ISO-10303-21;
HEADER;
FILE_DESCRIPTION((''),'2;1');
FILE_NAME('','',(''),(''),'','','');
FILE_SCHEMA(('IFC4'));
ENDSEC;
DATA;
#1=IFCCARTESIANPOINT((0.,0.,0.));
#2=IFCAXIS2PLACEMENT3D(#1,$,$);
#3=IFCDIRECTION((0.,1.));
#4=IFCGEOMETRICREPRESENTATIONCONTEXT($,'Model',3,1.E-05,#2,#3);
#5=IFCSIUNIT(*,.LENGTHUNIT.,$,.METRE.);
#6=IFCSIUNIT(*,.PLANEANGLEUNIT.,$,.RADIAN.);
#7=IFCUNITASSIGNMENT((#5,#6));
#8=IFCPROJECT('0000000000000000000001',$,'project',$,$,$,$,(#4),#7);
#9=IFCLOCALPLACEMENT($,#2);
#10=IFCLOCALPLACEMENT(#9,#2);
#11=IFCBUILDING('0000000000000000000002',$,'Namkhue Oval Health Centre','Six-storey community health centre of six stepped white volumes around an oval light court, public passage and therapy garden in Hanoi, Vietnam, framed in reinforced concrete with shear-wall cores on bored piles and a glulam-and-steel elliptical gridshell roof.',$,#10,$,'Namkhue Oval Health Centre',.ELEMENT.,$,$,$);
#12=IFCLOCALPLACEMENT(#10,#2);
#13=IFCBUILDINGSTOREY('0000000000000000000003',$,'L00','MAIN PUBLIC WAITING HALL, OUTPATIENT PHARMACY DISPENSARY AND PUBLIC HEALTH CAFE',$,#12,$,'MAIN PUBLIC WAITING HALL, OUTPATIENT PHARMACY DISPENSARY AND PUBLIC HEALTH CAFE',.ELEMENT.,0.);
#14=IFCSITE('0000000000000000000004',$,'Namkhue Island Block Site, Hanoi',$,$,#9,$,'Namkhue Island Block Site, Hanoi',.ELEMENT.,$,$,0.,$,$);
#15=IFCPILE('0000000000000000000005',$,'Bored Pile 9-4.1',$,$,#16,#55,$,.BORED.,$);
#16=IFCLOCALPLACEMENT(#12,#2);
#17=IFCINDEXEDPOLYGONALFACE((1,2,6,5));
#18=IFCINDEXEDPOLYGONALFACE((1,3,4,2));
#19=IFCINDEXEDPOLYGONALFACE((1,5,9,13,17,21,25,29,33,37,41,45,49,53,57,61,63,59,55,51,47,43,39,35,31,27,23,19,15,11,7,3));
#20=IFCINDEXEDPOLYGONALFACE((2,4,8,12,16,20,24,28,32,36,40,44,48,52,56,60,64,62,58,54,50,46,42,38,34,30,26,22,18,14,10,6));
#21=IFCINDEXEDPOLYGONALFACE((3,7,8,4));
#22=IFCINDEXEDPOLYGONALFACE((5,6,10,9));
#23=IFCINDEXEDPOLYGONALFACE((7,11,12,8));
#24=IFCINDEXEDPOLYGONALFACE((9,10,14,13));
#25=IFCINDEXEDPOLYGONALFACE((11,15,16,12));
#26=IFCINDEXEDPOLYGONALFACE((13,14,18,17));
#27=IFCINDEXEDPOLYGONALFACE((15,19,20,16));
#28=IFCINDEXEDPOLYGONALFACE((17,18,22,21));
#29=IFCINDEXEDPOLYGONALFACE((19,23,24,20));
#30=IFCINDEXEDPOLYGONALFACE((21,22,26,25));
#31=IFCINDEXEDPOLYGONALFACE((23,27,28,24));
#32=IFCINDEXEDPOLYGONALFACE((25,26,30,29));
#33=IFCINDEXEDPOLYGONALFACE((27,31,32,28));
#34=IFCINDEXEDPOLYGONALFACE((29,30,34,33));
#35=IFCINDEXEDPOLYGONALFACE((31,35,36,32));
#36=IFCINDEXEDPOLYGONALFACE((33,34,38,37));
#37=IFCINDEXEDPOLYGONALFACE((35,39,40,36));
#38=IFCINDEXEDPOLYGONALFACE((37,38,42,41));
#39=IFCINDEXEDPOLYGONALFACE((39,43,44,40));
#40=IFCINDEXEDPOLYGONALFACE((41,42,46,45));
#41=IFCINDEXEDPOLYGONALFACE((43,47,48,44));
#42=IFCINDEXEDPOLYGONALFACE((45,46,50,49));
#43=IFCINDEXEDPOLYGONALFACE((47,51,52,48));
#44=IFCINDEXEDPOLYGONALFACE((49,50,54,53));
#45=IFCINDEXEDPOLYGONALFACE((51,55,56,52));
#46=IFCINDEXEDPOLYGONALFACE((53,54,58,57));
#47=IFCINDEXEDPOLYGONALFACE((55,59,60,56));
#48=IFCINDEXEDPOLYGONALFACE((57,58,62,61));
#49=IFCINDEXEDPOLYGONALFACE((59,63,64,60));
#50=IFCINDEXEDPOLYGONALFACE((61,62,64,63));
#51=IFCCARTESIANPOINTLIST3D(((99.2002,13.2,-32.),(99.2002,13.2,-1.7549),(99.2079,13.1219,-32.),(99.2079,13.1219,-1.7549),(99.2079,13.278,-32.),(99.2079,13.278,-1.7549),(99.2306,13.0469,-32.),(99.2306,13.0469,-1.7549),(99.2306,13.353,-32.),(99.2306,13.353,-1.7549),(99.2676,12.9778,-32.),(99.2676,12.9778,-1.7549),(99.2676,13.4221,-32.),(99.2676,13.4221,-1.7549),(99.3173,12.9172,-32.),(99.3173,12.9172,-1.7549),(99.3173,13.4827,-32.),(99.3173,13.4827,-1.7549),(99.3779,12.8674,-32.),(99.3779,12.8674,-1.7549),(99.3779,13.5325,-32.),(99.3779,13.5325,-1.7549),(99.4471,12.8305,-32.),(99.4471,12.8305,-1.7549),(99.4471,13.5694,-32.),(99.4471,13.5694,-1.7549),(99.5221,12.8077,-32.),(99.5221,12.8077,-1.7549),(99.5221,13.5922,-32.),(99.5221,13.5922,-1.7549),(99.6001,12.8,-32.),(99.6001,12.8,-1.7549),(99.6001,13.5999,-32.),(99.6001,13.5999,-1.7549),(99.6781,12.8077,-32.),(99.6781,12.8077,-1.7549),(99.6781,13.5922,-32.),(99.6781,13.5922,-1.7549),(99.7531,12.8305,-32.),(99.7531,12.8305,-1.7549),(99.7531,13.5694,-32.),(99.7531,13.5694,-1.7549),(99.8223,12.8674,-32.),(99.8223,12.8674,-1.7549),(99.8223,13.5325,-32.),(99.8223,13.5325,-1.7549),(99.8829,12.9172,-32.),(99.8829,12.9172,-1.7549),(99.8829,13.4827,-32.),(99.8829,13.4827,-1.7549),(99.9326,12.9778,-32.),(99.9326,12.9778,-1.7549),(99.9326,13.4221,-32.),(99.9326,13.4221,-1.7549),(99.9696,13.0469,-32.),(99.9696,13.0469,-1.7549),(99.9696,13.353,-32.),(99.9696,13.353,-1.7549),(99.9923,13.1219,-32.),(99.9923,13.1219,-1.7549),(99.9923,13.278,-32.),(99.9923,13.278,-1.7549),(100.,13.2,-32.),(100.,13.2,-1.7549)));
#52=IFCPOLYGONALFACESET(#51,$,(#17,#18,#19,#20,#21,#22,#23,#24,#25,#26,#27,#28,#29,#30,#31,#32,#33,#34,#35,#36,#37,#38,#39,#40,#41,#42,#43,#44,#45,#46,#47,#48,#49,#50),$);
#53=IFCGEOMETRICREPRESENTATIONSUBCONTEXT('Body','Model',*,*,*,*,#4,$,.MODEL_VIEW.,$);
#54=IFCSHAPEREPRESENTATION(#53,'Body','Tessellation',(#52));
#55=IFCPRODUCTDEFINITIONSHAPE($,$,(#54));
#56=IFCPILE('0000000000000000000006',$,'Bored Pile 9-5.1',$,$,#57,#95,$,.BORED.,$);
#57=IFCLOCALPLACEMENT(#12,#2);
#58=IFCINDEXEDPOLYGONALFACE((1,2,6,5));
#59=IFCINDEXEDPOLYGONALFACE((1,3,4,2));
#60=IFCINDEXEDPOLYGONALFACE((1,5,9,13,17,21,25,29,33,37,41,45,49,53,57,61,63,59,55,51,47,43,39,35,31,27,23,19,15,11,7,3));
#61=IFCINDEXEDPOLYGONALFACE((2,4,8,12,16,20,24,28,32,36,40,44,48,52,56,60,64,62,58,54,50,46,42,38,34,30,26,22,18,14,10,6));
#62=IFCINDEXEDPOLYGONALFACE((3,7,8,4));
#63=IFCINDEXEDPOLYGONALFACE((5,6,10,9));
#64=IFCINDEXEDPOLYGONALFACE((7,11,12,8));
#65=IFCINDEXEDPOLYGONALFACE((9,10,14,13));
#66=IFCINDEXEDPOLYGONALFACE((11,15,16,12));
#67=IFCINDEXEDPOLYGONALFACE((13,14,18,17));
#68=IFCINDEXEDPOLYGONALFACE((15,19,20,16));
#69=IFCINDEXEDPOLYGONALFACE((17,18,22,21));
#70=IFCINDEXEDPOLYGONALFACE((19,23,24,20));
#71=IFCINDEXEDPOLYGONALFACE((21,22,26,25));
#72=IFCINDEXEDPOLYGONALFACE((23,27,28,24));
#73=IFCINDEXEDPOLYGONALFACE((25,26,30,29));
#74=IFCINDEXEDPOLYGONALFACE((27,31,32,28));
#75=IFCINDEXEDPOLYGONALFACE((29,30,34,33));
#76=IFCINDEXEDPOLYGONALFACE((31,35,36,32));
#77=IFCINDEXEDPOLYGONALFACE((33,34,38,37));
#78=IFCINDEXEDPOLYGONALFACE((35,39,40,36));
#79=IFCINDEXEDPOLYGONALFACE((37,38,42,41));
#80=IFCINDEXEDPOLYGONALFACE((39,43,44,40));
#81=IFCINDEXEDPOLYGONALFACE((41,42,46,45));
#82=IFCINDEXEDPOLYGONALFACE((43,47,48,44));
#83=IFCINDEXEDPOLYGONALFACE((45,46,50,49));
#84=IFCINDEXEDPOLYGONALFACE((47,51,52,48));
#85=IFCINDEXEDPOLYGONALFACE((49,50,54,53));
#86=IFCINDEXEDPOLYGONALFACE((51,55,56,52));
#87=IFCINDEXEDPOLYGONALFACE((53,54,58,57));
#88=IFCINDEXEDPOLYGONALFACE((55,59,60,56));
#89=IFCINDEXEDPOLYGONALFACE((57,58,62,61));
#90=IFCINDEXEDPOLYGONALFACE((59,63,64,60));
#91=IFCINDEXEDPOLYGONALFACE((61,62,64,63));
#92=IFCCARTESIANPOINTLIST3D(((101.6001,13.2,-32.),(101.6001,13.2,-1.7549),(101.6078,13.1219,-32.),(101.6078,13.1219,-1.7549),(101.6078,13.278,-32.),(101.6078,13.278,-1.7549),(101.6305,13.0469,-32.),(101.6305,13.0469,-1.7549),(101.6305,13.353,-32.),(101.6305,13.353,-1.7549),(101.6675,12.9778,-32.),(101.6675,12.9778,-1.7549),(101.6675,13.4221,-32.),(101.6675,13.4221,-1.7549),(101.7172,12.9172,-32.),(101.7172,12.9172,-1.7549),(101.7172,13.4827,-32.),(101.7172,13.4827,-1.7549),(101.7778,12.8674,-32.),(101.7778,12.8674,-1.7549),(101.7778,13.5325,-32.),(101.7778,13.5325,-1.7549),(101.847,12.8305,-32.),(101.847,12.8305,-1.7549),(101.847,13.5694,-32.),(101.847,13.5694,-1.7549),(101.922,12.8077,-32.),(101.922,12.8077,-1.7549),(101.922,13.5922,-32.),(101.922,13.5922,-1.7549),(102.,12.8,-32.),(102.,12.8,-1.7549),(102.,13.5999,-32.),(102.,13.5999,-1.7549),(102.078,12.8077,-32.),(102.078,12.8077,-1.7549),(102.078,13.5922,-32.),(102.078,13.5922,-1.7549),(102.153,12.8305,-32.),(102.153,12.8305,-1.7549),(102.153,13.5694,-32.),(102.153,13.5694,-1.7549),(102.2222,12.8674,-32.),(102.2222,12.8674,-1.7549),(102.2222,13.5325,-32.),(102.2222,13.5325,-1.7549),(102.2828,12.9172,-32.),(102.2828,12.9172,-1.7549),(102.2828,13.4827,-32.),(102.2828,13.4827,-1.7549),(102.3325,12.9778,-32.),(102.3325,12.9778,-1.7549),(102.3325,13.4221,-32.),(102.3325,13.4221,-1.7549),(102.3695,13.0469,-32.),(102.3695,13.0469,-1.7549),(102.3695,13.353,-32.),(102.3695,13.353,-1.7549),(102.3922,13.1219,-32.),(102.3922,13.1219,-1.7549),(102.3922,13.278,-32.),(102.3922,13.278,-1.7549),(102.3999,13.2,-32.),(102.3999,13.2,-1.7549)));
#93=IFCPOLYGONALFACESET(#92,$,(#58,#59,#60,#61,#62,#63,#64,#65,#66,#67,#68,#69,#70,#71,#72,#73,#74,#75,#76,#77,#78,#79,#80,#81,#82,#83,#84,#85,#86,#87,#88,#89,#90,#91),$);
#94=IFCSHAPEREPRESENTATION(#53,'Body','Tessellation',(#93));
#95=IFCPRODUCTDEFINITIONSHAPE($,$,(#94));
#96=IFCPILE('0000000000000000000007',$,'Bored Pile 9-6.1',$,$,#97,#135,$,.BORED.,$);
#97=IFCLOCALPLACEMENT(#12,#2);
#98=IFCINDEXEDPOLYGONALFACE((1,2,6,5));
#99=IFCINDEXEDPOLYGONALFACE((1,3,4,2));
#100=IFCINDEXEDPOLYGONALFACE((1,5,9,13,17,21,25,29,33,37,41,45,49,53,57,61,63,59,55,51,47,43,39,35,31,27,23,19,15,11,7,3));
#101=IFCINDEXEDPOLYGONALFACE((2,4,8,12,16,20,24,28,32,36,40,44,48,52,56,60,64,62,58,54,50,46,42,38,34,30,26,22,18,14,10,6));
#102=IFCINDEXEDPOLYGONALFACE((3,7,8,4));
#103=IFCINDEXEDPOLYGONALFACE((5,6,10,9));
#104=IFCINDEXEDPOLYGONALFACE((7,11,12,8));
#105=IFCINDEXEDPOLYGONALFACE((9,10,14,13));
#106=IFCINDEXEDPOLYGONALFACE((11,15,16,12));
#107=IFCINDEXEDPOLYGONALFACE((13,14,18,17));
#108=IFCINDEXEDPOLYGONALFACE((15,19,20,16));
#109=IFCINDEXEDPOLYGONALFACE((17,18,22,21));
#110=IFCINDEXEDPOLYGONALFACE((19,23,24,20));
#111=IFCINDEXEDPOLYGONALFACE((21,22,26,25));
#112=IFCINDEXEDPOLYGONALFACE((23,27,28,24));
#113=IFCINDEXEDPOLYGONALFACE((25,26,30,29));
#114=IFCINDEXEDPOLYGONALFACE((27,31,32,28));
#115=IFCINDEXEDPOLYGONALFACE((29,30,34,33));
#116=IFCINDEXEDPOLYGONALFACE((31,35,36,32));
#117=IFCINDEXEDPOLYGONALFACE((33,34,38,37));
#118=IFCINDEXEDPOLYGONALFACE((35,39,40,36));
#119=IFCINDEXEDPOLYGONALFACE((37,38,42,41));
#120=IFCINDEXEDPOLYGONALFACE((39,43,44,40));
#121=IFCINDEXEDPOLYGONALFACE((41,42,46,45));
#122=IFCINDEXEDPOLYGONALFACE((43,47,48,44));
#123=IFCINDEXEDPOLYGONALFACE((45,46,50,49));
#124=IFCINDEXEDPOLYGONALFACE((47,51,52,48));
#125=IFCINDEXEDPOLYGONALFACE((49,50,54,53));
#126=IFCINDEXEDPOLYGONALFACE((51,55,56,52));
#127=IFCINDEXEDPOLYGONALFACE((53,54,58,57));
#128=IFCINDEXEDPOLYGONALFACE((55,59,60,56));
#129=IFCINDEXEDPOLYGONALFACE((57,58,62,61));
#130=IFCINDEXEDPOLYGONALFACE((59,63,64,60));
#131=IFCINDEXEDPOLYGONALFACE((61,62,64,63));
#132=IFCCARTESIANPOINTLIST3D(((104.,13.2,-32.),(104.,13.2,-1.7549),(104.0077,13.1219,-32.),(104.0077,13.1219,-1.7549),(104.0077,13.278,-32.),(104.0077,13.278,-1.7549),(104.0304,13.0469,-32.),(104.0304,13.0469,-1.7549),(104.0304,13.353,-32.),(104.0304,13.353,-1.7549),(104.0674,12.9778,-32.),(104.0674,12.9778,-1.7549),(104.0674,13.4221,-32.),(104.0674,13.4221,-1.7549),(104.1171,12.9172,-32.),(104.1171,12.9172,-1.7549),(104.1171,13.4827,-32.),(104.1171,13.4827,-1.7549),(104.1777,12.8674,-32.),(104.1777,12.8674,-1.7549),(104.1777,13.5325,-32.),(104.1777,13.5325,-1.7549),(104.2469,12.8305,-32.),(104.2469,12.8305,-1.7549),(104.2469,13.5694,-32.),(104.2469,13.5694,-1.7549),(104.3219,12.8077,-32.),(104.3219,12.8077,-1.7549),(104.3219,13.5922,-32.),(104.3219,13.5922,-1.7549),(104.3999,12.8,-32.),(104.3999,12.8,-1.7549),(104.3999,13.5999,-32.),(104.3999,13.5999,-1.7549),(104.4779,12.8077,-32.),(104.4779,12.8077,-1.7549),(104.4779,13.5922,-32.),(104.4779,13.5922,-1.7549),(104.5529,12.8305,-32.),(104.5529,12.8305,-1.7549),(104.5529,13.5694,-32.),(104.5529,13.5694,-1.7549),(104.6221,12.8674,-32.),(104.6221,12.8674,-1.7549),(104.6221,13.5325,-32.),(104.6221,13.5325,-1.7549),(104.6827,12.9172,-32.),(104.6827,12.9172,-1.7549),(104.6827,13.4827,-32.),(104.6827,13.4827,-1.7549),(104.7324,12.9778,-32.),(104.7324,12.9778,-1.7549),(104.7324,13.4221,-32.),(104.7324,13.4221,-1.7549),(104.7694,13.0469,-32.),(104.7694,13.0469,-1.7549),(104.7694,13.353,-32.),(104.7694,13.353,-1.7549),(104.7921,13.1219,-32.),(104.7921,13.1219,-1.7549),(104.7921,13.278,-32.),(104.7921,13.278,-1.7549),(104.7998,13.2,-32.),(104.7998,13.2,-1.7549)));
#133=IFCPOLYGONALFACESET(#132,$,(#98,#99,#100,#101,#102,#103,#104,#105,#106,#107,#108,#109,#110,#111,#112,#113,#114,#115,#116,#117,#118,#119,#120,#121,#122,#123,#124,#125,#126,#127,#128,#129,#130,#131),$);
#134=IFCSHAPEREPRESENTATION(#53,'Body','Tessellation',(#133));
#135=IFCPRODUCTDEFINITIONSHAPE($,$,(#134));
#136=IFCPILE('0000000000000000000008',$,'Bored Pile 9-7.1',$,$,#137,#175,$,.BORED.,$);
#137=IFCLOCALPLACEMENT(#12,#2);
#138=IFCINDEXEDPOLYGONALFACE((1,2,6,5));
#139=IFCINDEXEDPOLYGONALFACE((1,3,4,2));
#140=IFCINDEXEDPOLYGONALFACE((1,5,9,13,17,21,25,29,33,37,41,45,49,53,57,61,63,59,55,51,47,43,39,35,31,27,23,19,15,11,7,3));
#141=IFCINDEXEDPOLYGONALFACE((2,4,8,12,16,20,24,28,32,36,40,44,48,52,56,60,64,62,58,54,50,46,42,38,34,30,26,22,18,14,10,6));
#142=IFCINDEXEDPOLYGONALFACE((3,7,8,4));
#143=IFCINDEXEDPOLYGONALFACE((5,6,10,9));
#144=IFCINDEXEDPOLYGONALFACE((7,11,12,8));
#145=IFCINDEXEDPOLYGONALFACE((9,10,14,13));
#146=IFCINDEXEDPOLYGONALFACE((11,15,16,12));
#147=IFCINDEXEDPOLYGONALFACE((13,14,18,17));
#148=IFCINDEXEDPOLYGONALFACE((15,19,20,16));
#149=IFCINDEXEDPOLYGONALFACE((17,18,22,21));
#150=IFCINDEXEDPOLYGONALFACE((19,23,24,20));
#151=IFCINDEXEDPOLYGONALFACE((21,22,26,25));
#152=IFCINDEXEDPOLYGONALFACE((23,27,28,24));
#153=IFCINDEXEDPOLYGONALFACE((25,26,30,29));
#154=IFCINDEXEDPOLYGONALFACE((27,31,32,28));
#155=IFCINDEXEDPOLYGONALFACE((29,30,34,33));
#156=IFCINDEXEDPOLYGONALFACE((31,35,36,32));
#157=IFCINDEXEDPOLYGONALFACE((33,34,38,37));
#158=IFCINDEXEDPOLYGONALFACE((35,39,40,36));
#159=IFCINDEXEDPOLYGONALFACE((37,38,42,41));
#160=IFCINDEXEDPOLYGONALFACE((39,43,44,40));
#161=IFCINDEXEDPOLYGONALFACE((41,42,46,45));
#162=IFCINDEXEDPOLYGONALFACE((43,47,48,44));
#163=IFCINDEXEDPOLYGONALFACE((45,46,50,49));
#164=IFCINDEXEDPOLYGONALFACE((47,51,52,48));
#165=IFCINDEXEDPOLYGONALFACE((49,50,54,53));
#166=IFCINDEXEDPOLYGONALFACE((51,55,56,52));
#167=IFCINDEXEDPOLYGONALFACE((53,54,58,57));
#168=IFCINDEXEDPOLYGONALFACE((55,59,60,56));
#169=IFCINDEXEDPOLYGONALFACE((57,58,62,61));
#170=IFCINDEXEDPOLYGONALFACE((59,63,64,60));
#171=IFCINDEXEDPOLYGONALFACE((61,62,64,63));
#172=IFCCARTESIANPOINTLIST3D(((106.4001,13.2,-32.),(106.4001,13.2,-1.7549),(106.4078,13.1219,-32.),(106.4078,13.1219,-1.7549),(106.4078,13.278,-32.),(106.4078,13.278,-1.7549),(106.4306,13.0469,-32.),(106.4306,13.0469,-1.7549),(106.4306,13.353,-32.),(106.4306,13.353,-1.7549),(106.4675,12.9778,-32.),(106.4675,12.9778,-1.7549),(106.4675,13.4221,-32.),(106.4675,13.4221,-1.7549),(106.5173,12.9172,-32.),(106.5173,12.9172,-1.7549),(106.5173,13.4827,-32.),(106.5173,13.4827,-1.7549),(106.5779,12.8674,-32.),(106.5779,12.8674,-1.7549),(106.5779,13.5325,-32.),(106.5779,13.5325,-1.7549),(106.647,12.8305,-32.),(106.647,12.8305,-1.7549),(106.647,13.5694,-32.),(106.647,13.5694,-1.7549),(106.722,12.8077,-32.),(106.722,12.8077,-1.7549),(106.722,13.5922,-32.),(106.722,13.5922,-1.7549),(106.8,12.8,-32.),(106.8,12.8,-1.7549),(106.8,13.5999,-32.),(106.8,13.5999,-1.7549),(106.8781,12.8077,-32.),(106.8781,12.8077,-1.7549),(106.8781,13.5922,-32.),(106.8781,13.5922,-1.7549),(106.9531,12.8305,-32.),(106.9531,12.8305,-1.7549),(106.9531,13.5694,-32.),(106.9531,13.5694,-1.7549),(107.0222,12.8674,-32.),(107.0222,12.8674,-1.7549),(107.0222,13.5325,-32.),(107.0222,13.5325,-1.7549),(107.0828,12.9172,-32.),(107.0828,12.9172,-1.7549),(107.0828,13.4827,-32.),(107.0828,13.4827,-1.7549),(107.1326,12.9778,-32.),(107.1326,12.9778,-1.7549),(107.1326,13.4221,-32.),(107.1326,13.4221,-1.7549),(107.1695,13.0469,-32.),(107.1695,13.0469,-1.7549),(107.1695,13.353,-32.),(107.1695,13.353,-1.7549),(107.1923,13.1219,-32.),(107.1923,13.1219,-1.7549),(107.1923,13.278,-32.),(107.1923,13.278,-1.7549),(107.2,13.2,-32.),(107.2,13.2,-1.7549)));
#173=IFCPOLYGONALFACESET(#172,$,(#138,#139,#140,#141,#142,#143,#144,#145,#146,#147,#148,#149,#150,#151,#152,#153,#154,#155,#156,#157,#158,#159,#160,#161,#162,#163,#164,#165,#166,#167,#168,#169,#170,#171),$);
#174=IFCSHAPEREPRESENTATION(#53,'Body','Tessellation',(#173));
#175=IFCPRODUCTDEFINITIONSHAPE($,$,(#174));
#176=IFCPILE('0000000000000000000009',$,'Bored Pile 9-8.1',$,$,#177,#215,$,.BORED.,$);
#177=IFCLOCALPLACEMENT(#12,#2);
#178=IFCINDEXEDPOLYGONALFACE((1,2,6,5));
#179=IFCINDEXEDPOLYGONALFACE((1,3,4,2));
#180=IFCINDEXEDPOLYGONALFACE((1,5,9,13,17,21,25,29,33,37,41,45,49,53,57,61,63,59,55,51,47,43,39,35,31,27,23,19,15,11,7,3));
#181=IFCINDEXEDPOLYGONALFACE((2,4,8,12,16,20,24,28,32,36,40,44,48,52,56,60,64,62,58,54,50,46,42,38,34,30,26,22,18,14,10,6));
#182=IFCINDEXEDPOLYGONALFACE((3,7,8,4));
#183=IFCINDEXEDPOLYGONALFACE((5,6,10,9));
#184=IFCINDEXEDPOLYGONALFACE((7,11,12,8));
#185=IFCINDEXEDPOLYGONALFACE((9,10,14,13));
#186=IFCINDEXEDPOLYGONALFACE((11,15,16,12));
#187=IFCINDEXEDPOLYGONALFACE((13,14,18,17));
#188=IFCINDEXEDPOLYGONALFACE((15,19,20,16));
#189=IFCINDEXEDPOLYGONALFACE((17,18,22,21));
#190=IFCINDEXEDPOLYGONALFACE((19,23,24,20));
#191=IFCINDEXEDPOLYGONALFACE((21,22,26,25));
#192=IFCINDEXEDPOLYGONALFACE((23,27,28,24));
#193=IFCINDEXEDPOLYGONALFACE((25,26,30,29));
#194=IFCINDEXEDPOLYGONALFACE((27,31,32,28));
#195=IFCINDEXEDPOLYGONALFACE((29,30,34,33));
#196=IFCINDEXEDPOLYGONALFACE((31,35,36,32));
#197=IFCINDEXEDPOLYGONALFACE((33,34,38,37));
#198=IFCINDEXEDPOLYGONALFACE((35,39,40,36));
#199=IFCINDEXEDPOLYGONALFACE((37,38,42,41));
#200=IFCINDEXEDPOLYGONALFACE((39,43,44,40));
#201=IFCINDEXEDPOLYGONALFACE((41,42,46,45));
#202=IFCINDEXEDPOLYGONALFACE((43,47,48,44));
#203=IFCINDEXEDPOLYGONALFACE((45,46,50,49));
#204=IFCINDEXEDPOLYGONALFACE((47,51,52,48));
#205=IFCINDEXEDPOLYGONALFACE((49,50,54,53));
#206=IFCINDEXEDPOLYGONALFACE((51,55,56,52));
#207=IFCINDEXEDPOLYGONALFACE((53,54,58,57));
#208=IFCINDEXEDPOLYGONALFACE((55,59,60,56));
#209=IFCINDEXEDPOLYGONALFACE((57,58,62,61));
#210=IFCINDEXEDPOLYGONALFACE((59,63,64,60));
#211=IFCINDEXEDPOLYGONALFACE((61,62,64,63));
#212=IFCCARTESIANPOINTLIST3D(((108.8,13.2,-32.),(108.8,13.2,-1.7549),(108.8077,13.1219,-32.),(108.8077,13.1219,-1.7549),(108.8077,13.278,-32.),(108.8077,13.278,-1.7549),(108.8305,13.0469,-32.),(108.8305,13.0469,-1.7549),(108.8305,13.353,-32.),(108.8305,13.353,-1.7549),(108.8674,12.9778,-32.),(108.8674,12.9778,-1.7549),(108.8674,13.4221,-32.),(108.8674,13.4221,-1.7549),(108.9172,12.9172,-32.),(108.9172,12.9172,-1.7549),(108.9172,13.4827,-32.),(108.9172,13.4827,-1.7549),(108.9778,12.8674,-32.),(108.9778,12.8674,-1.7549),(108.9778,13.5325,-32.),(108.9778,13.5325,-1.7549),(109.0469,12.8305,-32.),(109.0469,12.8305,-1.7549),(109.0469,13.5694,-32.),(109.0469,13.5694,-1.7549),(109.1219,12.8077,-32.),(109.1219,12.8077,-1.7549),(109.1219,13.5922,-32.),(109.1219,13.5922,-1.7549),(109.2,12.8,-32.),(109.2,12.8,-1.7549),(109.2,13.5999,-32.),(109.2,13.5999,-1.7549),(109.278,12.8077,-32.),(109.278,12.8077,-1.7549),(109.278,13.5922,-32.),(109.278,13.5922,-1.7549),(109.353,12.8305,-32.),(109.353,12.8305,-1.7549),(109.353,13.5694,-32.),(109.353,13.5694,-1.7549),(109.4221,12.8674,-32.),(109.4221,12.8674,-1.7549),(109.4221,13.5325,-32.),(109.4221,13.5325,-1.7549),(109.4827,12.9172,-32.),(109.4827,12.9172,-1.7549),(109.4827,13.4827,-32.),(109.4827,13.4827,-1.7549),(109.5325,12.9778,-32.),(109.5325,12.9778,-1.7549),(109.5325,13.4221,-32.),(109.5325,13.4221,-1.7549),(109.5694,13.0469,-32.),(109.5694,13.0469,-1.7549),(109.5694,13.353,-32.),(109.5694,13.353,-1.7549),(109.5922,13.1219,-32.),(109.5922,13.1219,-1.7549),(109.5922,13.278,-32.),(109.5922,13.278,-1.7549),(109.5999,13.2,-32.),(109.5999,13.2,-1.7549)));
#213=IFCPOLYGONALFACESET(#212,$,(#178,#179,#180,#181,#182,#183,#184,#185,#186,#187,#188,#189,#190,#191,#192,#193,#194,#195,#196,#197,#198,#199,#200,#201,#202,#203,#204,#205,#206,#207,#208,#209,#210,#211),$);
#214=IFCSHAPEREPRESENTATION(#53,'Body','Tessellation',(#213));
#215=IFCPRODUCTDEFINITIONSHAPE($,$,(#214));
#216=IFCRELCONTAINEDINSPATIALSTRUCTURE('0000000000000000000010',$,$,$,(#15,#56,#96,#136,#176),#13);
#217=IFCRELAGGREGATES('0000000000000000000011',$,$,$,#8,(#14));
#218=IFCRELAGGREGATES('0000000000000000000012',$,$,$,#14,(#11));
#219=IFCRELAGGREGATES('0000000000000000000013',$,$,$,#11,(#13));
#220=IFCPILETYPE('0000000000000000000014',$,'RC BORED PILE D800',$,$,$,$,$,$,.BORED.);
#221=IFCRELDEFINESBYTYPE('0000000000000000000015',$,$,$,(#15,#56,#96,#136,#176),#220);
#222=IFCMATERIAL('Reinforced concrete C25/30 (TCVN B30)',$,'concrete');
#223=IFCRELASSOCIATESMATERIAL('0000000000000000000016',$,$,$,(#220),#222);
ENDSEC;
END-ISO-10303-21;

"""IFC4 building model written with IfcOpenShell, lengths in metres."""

from ifc_helpers import new_model, si_unit, direction, frame, origin, origin_2d, place, context, subcontext, project, spatial, circle, extrude, material, material_profile, profile_set, type_object, element, save


model = new_model("IFC4")

# Units and contexts
model_context = context("Model", 3, precision=1e-05, world=origin(), true_north=direction((0.0, 1.0)))
body_context = subcontext(model_context, "Body", "Model", "MODEL_VIEW")
ifc_project = project(units=[si_unit("LENGTHUNIT", "METRE"), si_unit("PLANEANGLEUNIT", "RADIAN")], contexts=[model_context])

# Site, building, storey
site_placement = place(None, origin())
site = spatial("IfcSite", under=ifc_project, at=site_placement, Name="Namkhue Island Block Site, Hanoi", LongName="Namkhue Island Block Site, Hanoi", CompositionType="ELEMENT", RefElevation=0.0)
building_placement = place(site_placement, origin())
building = spatial("IfcBuilding", under=site, at=building_placement, Name="Namkhue Oval Health Centre", Description="Six-storey community health centre of six stepped white volumes around an oval light court, public passage and therapy garden in Hanoi, Vietnam, framed in reinforced concrete with shear-wall cores on bored piles and a glulam-and-steel elliptical gridshell roof.", LongName="Namkhue Oval Health Centre", CompositionType="ELEMENT")
storey_placement = place(building_placement, origin())
storey = spatial("IfcBuildingStorey", under=building, at=storey_placement, Name="L00", Description="MAIN PUBLIC WAITING HALL, OUTPATIENT PHARMACY DISPENSARY AND PUBLIC HEALTH CAFE", LongName="MAIN PUBLIC WAITING HALL, OUTPATIENT PHARMACY DISPENSARY AND PUBLIC HEALTH CAFE", CompositionType="ELEMENT", Elevation=0.0)

# Piles
ifc_material_1 = material(Name="Reinforced concrete C25/30 (TCVN B30)", Category="concrete")
ifc_material_profile_1 = material_profile(ifc_material_1, circle(Radius=0.3999, at=origin_2d()), Name="BORED PILE D800")
ifc_profile_set_1 = profile_set([ifc_material_profile_1], Name="Reinforced concrete C25/30 (TCVN B30)")
pile_type = type_object("IfcPileType", Name="RC BORED PILE D800", PredefinedType="BORED", material=ifc_profile_set_1)
for number, where, z_axis, x_axis, name in (
    (1, (99.6001, 13.2, -1.7549), (0.0, 0.0, -1.0), (1.0, 0.0, 0.0), "Bored Pile 9-4.1"),
    (2, (102.0, 13.2, -1.7549), (0.0, 0.0, -1.0), (1.0, 0.0, 0.0), "Bored Pile 9-5.1"),
    (3, (104.3999, 13.2, -1.7549), (0.0, 0.0, -1.0), (1.0, 0.0, 0.0), "Bored Pile 9-6.1"),
    (4, (106.8, 13.2, -1.7549), (0.0, 0.0, -1.0), (1.0, 0.0, 0.0), "Bored Pile 9-7.1"),
    (5, (109.2, 13.2, -1.7549), (0.0, 0.0, -1.0), (1.0, 0.0, 0.0), "Bored Pile 9-8.1"),
):
    element("IfcPile", number, at=place(storey_placement, frame(where, z_axis=z_axis, x_axis=x_axis)), inside=storey, type_object=pile_type, Name=name, PredefinedType="BORED", context=body_context, shape_type="SweptSolid", body=[
        extrude(circle(Radius=0.3999, at=origin_2d()), origin(), (0.0, 0.0, 1.0), 30.2451),
    ])

save(model, "model.ifc")
